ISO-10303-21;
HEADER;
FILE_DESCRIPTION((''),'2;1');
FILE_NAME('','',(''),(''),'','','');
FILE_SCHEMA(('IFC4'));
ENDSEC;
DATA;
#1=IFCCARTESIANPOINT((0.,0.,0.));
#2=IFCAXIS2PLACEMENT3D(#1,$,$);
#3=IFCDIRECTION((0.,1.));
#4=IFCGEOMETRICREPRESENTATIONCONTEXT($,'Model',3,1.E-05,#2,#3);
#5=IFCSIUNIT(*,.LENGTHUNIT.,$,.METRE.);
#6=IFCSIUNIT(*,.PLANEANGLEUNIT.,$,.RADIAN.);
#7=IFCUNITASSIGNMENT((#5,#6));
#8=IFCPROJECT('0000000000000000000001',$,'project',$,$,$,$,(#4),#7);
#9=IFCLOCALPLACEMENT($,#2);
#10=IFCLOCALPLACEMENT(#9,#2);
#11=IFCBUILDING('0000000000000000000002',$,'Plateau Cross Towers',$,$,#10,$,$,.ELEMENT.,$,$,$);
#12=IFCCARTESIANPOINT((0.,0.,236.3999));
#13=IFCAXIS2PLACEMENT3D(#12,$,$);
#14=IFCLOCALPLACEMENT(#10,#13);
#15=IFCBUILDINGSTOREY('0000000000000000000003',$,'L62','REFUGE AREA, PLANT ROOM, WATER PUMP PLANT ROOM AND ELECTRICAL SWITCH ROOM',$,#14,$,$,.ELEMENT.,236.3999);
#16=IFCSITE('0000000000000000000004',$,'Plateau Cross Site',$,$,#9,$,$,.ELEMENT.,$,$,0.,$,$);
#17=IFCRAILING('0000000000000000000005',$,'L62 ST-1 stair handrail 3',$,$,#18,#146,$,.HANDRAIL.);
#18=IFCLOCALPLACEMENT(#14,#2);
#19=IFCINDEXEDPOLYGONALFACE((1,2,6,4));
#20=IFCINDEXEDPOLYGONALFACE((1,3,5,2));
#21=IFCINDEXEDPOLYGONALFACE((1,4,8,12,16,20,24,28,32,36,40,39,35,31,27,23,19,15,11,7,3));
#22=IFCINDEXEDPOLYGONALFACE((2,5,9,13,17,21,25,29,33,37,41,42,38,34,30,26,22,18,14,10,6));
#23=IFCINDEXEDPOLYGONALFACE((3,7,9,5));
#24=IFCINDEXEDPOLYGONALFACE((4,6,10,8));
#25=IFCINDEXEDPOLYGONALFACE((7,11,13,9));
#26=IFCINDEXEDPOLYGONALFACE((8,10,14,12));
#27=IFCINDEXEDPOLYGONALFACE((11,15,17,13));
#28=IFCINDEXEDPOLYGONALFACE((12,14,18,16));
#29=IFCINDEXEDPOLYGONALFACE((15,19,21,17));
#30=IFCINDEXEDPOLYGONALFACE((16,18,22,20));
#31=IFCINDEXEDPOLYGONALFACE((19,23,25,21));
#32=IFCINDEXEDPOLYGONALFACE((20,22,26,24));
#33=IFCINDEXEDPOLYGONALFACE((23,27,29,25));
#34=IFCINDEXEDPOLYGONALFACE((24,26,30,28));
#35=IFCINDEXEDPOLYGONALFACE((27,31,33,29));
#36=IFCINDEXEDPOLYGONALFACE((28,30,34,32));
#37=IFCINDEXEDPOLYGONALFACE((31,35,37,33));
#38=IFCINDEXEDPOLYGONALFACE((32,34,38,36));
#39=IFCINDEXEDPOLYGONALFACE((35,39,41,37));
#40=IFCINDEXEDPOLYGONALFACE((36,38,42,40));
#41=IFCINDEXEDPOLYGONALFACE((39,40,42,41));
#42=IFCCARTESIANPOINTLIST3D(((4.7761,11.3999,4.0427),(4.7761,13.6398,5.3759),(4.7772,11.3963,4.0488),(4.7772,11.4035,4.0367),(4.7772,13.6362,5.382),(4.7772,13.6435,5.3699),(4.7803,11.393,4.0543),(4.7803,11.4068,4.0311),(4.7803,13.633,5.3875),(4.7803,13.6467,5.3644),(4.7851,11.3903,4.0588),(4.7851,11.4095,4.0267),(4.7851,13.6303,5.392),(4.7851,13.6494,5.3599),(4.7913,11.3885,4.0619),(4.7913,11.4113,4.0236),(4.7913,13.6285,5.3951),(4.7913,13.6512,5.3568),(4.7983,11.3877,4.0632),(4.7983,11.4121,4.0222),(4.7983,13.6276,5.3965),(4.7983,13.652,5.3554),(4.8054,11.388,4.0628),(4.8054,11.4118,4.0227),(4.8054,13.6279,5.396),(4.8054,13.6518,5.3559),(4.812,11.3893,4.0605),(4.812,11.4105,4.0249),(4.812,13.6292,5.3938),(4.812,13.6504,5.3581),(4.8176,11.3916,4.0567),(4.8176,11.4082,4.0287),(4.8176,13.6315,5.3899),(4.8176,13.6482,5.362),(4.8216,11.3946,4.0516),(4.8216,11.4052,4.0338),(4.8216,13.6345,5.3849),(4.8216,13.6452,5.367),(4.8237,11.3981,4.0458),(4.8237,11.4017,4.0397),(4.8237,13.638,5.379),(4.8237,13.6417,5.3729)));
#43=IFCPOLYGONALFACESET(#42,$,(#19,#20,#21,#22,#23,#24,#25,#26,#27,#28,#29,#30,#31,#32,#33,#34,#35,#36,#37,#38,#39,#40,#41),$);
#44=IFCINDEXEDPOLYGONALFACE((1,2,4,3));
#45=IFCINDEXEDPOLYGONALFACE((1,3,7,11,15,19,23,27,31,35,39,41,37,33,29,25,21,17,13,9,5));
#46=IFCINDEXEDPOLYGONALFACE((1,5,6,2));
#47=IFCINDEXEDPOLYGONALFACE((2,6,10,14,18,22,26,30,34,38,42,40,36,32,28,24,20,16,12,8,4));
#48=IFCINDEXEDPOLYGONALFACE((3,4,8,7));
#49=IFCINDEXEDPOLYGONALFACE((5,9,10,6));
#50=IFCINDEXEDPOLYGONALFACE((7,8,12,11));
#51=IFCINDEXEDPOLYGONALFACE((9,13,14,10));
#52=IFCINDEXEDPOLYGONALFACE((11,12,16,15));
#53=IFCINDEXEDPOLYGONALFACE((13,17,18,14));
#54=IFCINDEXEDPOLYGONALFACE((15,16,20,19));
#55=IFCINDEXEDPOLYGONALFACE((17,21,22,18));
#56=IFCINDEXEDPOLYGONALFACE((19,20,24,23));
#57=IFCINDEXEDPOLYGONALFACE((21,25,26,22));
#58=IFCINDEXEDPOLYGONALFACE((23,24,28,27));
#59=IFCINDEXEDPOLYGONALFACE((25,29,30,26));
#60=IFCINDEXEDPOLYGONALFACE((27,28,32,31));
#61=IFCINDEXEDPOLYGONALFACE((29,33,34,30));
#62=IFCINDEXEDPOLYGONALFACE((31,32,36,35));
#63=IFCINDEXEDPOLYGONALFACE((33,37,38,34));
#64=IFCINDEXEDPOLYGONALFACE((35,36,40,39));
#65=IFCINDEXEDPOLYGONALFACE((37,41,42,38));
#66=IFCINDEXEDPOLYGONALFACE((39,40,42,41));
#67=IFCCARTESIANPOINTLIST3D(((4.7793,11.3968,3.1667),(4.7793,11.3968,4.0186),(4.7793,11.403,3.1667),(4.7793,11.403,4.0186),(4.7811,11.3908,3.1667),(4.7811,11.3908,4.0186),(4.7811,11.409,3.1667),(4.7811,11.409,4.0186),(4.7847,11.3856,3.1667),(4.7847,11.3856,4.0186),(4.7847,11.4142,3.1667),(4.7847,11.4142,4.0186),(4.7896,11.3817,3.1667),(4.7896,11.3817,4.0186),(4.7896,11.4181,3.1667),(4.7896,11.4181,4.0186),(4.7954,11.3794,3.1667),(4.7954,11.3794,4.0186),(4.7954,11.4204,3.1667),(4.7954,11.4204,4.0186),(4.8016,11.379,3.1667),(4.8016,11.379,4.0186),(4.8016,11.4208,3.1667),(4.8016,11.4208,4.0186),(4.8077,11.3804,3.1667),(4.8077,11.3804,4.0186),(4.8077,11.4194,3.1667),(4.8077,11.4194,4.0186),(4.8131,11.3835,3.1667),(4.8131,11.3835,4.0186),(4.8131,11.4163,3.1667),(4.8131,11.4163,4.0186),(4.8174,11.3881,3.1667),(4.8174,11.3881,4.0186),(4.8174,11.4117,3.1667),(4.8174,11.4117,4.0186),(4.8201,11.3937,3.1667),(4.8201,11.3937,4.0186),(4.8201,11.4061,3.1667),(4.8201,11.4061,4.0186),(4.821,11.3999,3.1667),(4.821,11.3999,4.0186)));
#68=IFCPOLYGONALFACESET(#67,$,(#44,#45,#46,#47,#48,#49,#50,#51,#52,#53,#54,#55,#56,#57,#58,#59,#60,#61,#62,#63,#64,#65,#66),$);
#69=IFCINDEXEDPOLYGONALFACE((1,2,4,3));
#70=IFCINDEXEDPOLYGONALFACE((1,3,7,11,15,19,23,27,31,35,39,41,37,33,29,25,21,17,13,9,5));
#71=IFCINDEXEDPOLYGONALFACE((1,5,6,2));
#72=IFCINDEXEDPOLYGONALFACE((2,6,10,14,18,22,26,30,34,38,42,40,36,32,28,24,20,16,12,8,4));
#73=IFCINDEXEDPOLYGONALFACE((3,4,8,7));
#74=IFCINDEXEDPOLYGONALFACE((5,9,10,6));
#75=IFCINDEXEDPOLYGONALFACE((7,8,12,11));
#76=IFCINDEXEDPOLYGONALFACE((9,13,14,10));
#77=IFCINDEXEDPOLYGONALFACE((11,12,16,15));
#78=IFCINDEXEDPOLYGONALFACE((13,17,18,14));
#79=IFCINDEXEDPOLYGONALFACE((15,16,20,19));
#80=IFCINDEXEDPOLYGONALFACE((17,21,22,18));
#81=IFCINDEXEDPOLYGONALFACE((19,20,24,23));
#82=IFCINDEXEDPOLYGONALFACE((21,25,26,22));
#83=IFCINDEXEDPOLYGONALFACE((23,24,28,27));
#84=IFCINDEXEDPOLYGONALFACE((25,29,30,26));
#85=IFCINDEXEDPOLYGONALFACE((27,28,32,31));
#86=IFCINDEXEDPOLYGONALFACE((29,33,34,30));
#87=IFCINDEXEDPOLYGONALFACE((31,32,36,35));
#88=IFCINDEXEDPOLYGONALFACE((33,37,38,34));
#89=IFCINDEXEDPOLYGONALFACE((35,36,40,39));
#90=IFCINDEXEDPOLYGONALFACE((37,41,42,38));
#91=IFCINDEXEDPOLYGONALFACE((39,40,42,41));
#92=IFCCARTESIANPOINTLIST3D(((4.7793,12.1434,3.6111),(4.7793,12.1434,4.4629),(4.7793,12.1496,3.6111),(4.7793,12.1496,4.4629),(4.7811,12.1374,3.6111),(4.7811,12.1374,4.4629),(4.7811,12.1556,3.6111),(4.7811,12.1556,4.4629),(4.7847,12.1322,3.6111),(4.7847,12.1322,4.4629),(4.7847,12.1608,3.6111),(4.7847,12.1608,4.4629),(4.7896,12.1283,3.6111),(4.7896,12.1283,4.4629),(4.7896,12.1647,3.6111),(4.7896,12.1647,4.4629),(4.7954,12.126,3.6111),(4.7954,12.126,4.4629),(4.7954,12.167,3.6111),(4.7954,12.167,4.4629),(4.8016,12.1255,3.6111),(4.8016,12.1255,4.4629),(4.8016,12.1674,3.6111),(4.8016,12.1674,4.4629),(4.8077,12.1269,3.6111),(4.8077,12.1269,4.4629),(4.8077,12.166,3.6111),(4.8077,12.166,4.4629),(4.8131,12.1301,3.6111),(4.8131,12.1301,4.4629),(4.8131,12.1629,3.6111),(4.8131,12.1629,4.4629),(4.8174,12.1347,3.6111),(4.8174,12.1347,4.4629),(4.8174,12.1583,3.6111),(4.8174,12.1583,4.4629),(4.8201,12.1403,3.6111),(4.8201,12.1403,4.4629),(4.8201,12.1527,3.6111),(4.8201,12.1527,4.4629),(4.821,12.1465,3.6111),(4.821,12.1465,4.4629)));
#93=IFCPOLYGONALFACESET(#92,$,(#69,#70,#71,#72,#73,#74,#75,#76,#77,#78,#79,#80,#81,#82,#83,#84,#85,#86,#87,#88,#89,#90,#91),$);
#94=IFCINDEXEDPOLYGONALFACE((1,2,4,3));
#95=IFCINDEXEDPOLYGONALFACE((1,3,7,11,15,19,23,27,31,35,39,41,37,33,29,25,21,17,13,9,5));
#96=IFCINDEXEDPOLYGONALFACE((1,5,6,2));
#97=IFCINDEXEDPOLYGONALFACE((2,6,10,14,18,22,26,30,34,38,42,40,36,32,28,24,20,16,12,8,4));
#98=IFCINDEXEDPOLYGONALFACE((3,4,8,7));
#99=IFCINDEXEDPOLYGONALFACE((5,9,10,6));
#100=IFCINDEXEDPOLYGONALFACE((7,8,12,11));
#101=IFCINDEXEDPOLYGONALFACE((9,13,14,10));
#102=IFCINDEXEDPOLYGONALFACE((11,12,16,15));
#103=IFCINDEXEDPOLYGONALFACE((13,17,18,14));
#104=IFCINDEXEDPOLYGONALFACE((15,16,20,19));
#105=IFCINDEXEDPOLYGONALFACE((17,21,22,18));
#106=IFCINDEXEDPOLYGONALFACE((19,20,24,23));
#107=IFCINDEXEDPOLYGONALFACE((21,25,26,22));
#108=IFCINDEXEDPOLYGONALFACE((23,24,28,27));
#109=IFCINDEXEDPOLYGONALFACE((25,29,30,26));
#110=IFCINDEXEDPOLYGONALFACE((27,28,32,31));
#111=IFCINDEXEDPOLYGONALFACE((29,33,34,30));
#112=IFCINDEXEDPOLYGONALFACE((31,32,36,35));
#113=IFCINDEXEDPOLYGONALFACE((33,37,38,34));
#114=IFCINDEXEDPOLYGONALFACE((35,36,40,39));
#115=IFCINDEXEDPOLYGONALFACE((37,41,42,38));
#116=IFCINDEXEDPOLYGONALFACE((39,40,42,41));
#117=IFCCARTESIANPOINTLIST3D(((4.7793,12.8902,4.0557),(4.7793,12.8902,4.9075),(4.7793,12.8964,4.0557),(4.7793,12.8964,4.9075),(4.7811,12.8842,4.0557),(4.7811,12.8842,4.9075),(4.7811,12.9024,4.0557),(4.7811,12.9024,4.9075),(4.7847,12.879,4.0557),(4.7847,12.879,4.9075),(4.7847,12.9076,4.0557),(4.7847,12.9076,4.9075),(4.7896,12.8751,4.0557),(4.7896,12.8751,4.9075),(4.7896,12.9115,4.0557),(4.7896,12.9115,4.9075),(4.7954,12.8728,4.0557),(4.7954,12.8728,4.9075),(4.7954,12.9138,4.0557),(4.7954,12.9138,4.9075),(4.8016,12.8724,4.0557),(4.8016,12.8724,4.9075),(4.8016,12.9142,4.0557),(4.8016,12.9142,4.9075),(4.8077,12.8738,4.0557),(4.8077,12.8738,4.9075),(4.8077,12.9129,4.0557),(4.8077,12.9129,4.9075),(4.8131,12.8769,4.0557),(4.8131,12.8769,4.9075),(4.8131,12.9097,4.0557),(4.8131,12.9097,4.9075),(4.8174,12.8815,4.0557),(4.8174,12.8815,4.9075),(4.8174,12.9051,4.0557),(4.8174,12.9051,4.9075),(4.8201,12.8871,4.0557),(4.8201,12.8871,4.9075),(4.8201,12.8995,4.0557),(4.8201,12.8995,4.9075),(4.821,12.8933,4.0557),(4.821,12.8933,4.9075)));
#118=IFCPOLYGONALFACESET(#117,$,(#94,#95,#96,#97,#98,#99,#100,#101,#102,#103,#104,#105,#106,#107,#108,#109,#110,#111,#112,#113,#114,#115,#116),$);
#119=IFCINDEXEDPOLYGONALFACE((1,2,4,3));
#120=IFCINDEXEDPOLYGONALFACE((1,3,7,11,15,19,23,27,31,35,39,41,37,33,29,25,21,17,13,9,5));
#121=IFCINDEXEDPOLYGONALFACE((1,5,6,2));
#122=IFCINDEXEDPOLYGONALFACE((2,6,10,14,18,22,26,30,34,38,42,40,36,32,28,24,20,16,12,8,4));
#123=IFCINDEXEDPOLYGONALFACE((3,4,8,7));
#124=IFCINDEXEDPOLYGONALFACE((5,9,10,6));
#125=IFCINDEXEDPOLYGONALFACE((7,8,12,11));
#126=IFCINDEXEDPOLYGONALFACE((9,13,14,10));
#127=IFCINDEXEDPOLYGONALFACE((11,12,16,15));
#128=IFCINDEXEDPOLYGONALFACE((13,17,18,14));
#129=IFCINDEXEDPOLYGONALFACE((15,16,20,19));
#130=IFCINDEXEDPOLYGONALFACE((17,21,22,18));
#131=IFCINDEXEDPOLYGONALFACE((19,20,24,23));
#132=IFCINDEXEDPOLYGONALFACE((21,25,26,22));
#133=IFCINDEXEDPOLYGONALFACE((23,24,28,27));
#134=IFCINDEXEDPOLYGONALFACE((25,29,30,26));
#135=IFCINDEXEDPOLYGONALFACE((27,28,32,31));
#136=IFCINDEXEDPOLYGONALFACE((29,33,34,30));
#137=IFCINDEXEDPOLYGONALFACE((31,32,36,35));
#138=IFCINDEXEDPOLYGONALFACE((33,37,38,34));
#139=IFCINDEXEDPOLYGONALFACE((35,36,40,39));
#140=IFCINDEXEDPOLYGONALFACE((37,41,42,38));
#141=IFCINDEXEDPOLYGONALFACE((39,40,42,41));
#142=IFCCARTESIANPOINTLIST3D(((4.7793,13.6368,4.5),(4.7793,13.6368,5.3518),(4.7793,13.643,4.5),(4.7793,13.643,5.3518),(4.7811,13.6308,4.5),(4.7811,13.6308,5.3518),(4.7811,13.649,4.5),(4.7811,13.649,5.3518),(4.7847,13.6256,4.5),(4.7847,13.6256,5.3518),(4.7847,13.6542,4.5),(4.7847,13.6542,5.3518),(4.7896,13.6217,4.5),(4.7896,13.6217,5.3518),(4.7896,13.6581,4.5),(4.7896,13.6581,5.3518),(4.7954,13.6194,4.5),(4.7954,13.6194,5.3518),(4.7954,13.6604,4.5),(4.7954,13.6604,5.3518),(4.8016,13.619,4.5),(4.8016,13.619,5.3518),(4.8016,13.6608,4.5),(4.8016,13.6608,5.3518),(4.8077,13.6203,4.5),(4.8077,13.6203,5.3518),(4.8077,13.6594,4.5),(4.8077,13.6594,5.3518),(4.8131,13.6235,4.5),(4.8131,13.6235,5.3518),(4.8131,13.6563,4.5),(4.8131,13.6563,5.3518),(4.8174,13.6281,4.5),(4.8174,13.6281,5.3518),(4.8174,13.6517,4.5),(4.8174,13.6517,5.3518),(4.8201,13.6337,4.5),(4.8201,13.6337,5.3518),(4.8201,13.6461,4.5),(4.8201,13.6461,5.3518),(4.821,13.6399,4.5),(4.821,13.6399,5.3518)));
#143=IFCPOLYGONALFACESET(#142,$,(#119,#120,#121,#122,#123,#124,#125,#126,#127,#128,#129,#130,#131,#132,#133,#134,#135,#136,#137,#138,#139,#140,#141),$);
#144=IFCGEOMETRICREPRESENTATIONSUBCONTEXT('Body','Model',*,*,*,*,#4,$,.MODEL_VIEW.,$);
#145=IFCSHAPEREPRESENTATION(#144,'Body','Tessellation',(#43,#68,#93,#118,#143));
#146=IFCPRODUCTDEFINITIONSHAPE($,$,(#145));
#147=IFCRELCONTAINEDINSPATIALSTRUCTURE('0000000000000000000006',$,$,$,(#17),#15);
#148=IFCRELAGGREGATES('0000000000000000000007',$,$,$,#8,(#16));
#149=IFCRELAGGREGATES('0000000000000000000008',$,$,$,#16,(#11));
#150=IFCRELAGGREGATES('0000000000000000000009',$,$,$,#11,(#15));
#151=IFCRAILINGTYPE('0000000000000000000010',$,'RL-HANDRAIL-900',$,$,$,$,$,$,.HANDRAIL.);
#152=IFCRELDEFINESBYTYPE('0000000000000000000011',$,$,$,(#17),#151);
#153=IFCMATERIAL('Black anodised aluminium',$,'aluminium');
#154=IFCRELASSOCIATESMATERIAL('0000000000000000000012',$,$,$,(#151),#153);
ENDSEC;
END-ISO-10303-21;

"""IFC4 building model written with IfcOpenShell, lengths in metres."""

from ifc_helpers import new_model, si_unit, direction, frame, origin, origin_2d, place, context, subcontext, project, spatial, circle, extrude, material, type_object, element, save


model = new_model("IFC4")

# Units and contexts
model_context = context("Model", 3, precision=1e-05, world=origin(), true_north=direction((0.0, 1.0)))
body_context = subcontext(model_context, "Body", "Model", "MODEL_VIEW")
ifc_project = project(units=[si_unit("LENGTHUNIT", "METRE"), si_unit("PLANEANGLEUNIT", "RADIAN")], contexts=[model_context])

# Site, building, storey
site_placement = place(None, origin())
site = spatial("IfcSite", under=ifc_project, at=site_placement, Name="Plateau Cross Site", CompositionType="ELEMENT", RefElevation=0.0)
building_placement = place(site_placement, origin())
building = spatial("IfcBuilding", under=site, at=building_placement, Name="Plateau Cross Towers", CompositionType="ELEMENT")
storey_placement = place(building_placement, frame((0.0, 0.0, 236.3999)))
storey = spatial("IfcBuildingStorey", under=building, at=storey_placement, Name="L62", Description="REFUGE AREA, PLANT ROOM, WATER PUMP PLANT ROOM AND ELECTRICAL SWITCH ROOM", CompositionType="ELEMENT", Elevation=236.3999)

# Shared definitions
ifc_material_1 = material(Name="Black anodised aluminium", Category="aluminium")

# Railing
railing_type = type_object("IfcRailingType", Name="RL-HANDRAIL-900", PredefinedType="HANDRAIL", material=ifc_material_1)
for number, where, name in (
    (1, (4.8, 11.3999, 3.1667), "L62 ST-1 stair handrail 3"),
):
    element("IfcRailing", number, at=place(storey_placement, frame(where)), inside=storey, type_object=railing_type, Name=name, PredefinedType="HANDRAIL", context=body_context, shape_type="SweptSolid", body=[
        extrude(circle(Radius=0.0239, at=origin_2d()), frame((0.0, 0.0, 0.876), z_axis=(0.0, 0.859306, 0.511462), x_axis=(-1.0, 0.0, 0.0)), (0.0, 0.0, 1.0), 2.6067),
        extrude(circle(Radius=0.021, at=origin_2d()), origin(), (0.0, 0.0, 1.0), 0.8518),
        extrude(circle(Radius=0.021, at=origin_2d()), frame((0.0, 0.7466, 0.4443)), (0.0, 0.0, 1.0), 0.8518),
        extrude(circle(Radius=0.021, at=origin_2d()), frame((0.0, 1.4934, 0.8889)), (0.0, 0.0, 1.0), 0.8518),
        extrude(circle(Radius=0.021, at=origin_2d()), frame((0.0, 2.24, 1.3333)), (0.0, 0.0, 1.0), 0.8518),
    ])

save(model, "model.ifc")
